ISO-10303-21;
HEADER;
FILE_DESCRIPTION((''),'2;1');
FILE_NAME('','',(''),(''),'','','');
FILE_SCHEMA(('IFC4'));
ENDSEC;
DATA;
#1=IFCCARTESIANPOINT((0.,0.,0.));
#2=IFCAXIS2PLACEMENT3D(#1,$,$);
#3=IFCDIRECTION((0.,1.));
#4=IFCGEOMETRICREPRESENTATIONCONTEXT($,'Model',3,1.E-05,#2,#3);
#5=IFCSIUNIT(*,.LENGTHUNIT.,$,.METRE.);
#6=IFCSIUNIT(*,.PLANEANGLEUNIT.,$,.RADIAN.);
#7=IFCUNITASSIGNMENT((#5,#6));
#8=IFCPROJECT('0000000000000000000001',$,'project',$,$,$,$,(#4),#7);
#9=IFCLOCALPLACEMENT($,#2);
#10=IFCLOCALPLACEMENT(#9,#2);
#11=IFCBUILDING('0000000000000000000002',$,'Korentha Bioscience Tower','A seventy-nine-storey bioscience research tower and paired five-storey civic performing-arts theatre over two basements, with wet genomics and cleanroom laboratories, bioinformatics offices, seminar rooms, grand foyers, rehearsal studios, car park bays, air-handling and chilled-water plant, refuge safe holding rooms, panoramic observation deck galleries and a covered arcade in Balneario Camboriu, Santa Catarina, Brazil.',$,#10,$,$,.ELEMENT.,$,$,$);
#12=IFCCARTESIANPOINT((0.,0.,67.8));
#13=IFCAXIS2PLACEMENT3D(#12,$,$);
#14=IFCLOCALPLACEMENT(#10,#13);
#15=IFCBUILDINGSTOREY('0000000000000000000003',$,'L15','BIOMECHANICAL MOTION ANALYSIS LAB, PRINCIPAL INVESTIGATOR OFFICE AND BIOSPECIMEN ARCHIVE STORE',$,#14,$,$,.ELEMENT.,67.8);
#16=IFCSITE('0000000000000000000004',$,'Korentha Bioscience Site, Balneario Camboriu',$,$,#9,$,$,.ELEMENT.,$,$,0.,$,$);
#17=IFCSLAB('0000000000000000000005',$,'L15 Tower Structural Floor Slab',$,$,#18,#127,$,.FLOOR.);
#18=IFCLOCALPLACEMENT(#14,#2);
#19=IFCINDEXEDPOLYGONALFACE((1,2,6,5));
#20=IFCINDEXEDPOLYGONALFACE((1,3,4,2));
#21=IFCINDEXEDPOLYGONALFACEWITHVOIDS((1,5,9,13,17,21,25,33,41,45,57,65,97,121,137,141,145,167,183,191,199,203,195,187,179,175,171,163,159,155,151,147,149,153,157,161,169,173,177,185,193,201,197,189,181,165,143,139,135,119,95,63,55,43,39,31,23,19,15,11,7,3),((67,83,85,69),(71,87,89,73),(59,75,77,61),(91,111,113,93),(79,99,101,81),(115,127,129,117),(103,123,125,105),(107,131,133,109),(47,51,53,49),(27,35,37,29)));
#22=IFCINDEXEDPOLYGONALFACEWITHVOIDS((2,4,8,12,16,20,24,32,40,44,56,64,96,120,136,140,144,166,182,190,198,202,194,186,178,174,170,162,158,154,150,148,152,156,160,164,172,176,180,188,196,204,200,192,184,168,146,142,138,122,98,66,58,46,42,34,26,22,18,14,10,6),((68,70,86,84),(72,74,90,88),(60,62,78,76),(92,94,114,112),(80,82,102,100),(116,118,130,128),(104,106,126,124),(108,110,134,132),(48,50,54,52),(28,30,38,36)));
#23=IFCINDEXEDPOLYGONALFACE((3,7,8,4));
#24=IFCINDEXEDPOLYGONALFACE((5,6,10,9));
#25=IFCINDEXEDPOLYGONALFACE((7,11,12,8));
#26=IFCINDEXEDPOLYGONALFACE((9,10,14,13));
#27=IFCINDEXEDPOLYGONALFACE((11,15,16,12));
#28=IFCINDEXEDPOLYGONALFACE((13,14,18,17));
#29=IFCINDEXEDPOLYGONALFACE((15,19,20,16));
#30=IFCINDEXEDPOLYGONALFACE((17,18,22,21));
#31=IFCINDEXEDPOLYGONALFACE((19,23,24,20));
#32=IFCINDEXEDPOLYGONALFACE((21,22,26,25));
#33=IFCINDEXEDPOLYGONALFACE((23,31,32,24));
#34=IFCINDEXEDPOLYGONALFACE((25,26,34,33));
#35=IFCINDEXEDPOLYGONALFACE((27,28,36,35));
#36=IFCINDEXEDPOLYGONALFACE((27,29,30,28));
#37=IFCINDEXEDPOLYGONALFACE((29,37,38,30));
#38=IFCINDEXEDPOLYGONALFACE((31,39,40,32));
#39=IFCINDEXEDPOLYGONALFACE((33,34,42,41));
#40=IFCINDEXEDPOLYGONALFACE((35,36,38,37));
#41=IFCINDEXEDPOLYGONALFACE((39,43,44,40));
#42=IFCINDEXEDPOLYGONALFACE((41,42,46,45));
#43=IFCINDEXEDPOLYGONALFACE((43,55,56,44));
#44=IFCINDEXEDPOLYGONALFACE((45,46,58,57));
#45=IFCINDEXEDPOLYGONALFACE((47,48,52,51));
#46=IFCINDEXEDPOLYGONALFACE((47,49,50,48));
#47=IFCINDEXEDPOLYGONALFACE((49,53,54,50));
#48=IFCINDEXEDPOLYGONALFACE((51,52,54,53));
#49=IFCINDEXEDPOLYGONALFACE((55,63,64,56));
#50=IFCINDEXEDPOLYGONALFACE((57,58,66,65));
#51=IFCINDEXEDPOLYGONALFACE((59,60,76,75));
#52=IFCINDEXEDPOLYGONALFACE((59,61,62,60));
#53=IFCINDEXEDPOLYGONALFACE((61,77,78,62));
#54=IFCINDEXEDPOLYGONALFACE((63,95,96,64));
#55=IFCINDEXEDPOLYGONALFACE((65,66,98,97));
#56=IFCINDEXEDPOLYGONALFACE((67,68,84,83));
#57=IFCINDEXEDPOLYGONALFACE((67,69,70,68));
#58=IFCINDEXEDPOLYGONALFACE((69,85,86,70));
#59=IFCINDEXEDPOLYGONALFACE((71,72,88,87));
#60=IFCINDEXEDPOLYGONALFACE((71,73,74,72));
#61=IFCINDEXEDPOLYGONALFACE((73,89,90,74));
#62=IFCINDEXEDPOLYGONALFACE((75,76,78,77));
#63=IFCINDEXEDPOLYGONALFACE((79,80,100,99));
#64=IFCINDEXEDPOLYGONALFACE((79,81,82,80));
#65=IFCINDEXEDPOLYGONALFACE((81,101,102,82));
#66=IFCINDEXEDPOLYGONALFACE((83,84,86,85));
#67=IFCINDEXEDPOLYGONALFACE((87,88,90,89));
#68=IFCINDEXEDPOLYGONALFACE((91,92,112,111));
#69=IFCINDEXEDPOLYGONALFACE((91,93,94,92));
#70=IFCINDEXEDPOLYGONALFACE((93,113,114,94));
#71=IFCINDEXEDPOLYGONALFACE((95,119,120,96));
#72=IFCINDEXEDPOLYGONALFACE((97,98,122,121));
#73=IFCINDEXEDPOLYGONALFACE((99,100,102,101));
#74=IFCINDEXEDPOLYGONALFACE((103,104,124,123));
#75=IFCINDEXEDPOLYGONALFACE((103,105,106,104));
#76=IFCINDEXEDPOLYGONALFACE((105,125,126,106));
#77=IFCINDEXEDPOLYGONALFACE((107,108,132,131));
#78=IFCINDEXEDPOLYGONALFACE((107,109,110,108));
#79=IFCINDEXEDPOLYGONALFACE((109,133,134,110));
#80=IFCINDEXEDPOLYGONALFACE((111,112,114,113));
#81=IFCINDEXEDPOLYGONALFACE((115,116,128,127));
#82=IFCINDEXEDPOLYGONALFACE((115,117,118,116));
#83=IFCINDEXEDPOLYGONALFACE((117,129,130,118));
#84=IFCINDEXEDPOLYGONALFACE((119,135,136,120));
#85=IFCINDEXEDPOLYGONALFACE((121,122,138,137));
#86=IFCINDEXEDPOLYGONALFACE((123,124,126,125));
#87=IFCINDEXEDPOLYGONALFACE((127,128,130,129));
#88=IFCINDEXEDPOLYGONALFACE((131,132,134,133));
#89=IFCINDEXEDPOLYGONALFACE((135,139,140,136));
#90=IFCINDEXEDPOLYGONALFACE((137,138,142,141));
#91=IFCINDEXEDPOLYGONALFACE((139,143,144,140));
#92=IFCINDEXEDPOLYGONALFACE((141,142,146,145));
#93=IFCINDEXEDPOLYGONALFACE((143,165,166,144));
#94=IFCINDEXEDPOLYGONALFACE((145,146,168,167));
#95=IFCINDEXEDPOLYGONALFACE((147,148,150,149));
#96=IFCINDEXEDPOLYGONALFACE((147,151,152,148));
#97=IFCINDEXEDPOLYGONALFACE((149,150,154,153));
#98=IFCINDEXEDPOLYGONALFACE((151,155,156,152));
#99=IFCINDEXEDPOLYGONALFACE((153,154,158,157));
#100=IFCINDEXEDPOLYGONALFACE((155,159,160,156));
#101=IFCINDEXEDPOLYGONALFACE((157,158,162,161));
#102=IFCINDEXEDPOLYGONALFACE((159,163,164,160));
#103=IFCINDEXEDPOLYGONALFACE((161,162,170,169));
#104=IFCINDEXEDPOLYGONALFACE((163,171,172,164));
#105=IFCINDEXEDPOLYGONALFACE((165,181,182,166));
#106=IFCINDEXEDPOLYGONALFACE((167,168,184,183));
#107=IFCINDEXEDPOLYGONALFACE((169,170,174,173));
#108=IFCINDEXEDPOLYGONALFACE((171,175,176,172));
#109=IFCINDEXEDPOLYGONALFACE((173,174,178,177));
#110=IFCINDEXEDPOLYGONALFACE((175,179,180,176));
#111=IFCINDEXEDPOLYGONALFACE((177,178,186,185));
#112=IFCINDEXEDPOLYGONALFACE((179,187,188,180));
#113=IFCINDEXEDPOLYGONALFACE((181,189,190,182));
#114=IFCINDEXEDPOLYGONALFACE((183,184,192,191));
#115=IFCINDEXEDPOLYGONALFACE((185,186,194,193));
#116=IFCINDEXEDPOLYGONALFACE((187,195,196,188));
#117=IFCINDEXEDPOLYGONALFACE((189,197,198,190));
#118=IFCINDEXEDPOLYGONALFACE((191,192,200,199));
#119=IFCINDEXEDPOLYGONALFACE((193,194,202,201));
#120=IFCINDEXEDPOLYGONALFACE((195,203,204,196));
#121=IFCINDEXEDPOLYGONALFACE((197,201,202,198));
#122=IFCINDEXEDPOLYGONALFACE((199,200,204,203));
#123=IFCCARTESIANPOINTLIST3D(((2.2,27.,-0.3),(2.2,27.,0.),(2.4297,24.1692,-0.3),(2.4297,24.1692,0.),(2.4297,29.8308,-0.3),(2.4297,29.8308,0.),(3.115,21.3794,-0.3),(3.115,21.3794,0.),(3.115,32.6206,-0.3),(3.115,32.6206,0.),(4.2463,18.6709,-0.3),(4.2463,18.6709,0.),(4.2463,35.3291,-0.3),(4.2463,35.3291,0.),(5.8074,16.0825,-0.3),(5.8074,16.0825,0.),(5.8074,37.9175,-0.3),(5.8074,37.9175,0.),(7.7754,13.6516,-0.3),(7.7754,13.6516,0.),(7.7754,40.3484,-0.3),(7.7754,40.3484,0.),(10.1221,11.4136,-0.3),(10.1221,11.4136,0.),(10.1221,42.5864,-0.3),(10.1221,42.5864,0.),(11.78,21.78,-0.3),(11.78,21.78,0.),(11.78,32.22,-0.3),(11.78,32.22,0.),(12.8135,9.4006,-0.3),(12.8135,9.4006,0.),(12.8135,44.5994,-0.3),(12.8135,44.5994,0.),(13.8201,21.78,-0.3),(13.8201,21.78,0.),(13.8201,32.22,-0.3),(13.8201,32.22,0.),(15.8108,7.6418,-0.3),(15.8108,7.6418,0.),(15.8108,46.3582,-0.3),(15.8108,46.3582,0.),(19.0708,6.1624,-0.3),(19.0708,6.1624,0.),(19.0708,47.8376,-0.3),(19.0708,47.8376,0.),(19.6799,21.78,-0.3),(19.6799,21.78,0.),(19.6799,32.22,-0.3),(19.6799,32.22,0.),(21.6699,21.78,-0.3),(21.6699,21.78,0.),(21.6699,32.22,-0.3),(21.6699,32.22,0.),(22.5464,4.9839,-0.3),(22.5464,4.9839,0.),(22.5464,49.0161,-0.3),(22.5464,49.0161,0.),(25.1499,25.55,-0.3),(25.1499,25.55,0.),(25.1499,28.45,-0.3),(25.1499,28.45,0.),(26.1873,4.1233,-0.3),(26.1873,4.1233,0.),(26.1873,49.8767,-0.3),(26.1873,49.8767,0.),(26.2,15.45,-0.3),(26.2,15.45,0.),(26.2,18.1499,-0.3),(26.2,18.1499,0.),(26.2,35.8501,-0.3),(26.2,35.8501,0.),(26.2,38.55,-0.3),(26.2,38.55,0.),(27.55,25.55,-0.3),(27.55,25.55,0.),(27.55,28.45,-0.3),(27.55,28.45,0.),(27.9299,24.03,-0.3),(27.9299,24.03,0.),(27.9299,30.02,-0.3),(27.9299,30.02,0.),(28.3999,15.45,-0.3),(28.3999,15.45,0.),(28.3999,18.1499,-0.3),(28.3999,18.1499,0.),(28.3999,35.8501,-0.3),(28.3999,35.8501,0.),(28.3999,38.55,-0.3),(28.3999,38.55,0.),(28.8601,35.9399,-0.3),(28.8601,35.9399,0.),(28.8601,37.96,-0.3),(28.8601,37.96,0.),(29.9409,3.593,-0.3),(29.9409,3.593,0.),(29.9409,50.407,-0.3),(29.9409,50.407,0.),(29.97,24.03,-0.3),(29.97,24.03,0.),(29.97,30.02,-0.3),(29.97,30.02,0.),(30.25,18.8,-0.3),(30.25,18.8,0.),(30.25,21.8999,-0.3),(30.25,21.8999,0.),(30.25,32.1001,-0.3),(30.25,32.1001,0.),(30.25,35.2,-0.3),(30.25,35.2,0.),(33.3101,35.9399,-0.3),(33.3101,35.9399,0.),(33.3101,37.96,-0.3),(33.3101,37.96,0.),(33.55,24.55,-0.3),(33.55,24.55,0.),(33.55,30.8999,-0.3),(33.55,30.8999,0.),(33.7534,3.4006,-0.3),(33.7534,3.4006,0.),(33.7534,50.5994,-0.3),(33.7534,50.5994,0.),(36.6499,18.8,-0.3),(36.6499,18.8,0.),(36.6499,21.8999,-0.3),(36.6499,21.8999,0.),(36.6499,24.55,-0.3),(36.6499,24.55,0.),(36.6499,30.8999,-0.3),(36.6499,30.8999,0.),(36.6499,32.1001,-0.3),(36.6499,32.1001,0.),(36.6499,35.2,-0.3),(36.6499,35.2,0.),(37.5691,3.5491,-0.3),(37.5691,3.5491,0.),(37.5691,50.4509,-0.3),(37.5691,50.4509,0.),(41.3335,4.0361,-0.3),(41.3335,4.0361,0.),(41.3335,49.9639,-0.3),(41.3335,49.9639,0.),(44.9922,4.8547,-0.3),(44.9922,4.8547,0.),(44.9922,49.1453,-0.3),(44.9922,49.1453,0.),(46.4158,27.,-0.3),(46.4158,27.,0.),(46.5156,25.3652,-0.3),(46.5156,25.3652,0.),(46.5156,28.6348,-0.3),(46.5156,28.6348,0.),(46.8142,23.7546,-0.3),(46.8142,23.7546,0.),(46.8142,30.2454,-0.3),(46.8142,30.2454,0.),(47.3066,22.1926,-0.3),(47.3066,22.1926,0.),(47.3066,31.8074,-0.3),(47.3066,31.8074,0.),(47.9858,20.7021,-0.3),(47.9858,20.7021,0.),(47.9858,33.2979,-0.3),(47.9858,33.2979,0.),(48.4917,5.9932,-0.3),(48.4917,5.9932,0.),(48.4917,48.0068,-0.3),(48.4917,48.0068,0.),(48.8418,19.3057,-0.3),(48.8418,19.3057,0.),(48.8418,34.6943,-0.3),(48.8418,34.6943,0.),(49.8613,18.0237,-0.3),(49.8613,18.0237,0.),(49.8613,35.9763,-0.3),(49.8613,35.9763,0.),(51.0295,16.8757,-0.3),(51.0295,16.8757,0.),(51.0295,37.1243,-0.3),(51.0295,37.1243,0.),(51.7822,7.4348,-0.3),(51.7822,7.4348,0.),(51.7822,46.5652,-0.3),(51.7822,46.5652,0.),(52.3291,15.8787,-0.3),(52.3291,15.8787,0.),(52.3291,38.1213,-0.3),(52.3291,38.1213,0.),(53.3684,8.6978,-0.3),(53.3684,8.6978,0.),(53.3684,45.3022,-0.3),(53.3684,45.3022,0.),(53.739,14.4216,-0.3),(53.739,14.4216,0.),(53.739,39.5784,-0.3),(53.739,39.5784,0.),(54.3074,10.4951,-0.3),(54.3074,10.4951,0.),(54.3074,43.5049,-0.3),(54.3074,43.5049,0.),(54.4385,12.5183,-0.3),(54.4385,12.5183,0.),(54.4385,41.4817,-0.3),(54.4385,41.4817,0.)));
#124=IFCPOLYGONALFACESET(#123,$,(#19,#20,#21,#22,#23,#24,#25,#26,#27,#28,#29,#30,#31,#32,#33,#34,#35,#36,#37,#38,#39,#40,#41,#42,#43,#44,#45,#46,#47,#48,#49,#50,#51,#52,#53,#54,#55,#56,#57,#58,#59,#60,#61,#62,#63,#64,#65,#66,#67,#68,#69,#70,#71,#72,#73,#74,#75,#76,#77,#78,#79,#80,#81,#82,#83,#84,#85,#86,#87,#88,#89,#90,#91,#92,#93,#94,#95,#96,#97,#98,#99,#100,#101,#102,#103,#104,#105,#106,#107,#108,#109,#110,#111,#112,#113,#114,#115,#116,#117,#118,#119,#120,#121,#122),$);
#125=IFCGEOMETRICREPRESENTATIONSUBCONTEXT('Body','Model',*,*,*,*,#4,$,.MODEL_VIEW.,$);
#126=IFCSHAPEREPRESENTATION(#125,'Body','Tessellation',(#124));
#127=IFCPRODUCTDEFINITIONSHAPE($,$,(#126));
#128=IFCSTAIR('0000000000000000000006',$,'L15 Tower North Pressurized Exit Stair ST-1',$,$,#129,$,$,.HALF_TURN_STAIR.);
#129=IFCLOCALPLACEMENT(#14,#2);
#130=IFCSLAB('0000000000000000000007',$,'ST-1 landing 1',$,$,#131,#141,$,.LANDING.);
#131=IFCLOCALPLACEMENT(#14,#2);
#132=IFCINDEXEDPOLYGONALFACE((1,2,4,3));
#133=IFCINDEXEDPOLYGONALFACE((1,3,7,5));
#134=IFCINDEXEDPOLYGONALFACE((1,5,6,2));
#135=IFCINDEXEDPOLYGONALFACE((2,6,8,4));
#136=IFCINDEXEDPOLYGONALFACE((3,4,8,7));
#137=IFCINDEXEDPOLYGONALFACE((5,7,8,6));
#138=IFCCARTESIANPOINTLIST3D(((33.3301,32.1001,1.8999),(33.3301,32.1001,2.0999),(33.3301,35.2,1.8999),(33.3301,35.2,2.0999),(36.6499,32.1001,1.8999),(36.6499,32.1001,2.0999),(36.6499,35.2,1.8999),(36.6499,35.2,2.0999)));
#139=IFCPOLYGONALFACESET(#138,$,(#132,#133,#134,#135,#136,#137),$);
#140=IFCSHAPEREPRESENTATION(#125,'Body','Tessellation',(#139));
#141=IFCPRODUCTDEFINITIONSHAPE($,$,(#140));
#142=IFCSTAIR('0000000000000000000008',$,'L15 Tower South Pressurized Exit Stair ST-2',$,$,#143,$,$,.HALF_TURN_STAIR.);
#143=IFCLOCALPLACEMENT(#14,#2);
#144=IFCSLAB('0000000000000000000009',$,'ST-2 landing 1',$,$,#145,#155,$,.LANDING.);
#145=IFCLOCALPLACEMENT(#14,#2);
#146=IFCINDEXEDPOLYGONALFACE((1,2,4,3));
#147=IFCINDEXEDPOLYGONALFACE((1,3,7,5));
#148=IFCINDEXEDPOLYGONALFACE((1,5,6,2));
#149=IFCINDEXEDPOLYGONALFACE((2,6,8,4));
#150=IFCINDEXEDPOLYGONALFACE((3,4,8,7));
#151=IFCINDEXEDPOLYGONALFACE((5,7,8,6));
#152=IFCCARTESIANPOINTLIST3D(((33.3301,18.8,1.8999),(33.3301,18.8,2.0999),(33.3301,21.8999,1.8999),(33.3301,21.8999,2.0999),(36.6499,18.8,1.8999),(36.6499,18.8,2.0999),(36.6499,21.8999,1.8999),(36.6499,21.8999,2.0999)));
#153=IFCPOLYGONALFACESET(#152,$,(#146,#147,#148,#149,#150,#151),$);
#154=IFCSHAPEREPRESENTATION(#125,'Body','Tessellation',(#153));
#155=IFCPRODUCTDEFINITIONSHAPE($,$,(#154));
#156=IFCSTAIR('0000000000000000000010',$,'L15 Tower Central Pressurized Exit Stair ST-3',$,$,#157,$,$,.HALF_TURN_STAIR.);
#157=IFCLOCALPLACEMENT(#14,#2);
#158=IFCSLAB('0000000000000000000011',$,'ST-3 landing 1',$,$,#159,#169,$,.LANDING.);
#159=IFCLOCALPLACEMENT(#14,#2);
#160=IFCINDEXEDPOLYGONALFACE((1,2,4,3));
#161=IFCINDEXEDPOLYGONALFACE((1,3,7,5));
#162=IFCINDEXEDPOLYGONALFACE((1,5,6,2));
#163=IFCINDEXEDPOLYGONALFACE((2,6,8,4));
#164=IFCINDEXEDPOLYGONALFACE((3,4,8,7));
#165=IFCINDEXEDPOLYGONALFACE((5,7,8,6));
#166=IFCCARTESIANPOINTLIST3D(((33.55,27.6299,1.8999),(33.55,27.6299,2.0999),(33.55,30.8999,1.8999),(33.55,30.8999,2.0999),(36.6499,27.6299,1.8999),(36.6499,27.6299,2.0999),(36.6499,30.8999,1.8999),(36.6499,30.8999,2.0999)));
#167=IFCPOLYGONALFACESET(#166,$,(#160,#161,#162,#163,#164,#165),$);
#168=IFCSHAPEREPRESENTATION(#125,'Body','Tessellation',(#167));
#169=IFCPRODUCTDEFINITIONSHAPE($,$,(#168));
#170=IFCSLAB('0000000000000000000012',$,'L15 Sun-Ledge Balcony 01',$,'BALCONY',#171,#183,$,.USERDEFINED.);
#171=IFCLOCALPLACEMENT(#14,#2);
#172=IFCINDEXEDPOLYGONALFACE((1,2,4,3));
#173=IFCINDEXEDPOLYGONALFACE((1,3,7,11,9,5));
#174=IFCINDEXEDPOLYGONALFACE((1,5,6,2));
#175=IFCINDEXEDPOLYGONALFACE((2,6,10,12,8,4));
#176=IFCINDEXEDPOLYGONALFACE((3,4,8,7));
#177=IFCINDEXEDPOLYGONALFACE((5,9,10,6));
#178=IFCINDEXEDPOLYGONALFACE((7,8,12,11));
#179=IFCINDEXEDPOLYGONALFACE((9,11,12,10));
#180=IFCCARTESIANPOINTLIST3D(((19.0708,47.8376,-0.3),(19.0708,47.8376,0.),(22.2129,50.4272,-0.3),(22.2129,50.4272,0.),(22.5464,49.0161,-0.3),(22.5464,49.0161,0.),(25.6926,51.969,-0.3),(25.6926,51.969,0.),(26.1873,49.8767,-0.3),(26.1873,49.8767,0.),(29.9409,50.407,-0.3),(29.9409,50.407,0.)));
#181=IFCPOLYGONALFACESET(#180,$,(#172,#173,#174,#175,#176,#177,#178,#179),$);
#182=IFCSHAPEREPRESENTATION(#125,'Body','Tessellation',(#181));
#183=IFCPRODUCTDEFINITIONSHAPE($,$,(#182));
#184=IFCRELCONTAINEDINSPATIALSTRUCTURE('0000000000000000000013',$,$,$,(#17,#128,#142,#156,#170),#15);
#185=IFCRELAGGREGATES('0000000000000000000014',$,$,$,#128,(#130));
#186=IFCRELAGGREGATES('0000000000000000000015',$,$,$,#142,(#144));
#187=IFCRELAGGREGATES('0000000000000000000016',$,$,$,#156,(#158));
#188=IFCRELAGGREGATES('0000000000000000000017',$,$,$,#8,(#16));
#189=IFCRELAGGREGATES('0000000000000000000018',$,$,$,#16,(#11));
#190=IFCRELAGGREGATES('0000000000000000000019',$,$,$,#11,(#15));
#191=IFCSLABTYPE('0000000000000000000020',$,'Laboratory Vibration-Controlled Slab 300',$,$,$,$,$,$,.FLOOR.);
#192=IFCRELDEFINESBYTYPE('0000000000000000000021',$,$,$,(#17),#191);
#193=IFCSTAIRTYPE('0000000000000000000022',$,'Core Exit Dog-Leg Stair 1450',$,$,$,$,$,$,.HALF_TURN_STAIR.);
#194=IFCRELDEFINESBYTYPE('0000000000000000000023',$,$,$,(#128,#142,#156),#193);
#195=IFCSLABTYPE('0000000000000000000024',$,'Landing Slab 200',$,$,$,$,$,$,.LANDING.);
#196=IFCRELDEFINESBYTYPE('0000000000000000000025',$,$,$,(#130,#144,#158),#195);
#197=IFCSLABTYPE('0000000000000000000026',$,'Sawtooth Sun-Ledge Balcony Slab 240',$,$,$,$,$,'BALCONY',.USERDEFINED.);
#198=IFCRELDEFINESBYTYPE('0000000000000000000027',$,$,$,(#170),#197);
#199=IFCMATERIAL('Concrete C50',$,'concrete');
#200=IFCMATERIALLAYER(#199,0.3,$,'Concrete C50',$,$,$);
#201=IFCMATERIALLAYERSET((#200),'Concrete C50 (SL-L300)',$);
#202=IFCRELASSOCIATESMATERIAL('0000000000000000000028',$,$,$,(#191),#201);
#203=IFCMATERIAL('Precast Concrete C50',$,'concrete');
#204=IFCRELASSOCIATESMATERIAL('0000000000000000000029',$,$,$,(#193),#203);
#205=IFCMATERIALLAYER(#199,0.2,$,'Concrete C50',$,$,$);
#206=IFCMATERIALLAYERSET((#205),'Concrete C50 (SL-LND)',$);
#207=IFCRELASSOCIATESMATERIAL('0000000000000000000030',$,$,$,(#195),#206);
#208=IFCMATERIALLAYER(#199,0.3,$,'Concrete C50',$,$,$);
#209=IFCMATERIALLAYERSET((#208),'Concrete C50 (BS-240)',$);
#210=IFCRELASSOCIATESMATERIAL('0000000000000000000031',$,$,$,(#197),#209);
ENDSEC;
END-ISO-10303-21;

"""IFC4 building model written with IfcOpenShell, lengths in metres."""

from ifc_helpers import new_model, si_unit, direction, frame, origin, place, context, subcontext, project, spatial, polyline, outline, extrude, material, layer, layer_set, type_object, element, aggregate, save


model = new_model("IFC4")

# Units and contexts
model_context = context("Model", 3, precision=1e-05, world=origin(), true_north=direction((0.0, 1.0)))
body_context = subcontext(model_context, "Body", "Model", "MODEL_VIEW")
ifc_project = project(units=[si_unit("LENGTHUNIT", "METRE"), si_unit("PLANEANGLEUNIT", "RADIAN")], contexts=[model_context])

# Site, building, storey
site_placement = place(None, origin())
site = spatial("IfcSite", under=ifc_project, at=site_placement, Name="Korentha Bioscience Site, Balneario Camboriu", CompositionType="ELEMENT", RefElevation=0.0)
building_placement = place(site_placement, origin())
building = spatial("IfcBuilding", under=site, at=building_placement, Name="Korentha Bioscience Tower", Description="A seventy-nine-storey bioscience research tower and paired five-storey civic performing-arts theatre over two basements, with wet genomics and cleanroom laboratories, bioinformatics offices, seminar rooms, grand foyers, rehearsal studios, car park bays, air-handling and chilled-water plant, refuge safe holding rooms, panoramic observation deck galleries and a covered arcade in Balneario Camboriu, Santa Catarina, Brazil.", CompositionType="ELEMENT")
storey_placement = place(building_placement, frame((0.0, 0.0, 67.8)))
storey = spatial("IfcBuildingStorey", under=building, at=storey_placement, Name="L15", Description="BIOMECHANICAL MOTION ANALYSIS LAB, PRINCIPAL INVESTIGATOR OFFICE AND BIOSPECIMEN ARCHIVE STORE", CompositionType="ELEMENT", Elevation=67.8)

# Slab
ifc_material_1 = material(Name="Concrete C50", Category="concrete")
ifc_layer_1 = layer(ifc_material_1, 0.3, Name="Concrete C50")
ifc_layer_set_1 = layer_set([ifc_layer_1], Name="Concrete C50 (SL-L300)")
slab_type_1 = type_object("IfcSlabType", Name="Laboratory Vibration-Controlled Slab 300", PredefinedType="FLOOR", material=ifc_layer_set_1)
slab_1_placement = place(storey_placement, frame((0.0, 0.0, -0.3)))
element("IfcSlab", 1, at=slab_1_placement, inside=storey, type_object=slab_type_1, Name="L15 Tower Structural Floor Slab", PredefinedType="FLOOR", context=body_context, shape_type="SweptSolid", body=[
    extrude(outline(polyline([(51.7822, 46.5652), (48.4917, 48.0068), (44.9922, 49.1453), (41.3335, 49.9639), (37.5691, 50.4509), (33.7534, 50.5994), (29.9409, 50.407), (26.1873, 49.8767), (22.5464, 49.0161), (19.0708, 47.8376), (15.8108, 46.3582), (12.8135, 44.5994), (10.1221, 42.5864), (7.7754, 40.3484), (5.8074, 37.9175), (4.2463, 35.3291), (3.115, 32.6206), (2.4297, 29.8308), (2.2, 27.0), (2.4297, 24.1692), (3.115, 21.3794), (4.2463, 18.6709), (5.8074, 16.0825), (7.7754, 13.6516), (10.1221, 11.4136), (12.8135, 9.4006), (15.8108, 7.6418), (19.0708, 6.1624), (22.5464, 4.9839), (26.1873, 4.1233), (29.9409, 3.593), (33.7534, 3.4006), (37.5691, 3.5491), (41.3335, 4.0361), (44.9922, 4.8547), (48.4917, 5.9932), (51.7822, 7.4348), (53.3684, 8.6978), (54.3074, 10.4951), (54.4385, 12.5183), (53.739, 14.4216), (52.3291, 15.8787), (51.0295, 16.8757), (49.8613, 18.0237), (48.8418, 19.3057), (47.9858, 20.7021), (47.3066, 22.1926), (46.8142, 23.7546), (46.5156, 25.3652), (46.4158, 27.0), (46.5156, 28.6348), (46.8142, 30.2454), (47.3066, 31.8074), (47.9858, 33.2979), (48.8418, 34.6943), (49.8613, 35.9763), (51.0295, 37.1243), (52.3291, 38.1213), (53.739, 39.5784), (54.4385, 41.4817), (54.3074, 43.5049), (53.3684, 45.3022), (51.7822, 46.5652)]), holes=[polyline([(30.25, 32.1001), (36.6499, 32.1001), (36.6499, 35.2), (30.25, 35.2), (30.25, 32.1001)]), polyline([(30.25, 18.8), (36.6499, 18.8), (36.6499, 21.8999), (30.25, 21.8999), (30.25, 18.8)]), polyline([(36.6499, 24.55), (36.6499, 30.8999), (33.55, 30.8999), (33.55, 24.55), (36.6499, 24.55)]), polyline([(11.78, 21.78), (13.8201, 21.78), (13.8201, 32.22), (11.78, 32.22), (11.78, 21.78)]), polyline([(19.6799, 21.78), (21.6699, 21.78), (21.6699, 32.22), (19.6799, 32.22), (19.6799, 21.78)]), polyline([(27.9299, 24.03), (29.97, 24.03), (29.97, 30.02), (27.9299, 30.02), (27.9299, 24.03)]), polyline([(28.8601, 35.9399), (33.3101, 35.9399), (33.3101, 37.96), (28.8601, 37.96), (28.8601, 35.9399)]), polyline([(26.2, 15.45), (28.3999, 15.45), (28.3999, 18.1499), (26.2, 18.1499), (26.2, 15.45)]), polyline([(26.2, 35.8501), (28.3999, 35.8501), (28.3999, 38.55), (26.2, 38.55), (26.2, 35.8501)]), polyline([(25.1499, 25.55), (27.55, 25.55), (27.55, 28.45), (25.1499, 28.45), (25.1499, 25.55)])]), origin(), (0.0, 0.0, 1.0), 0.3),
])

# Stairs, slabs
ifc_material_2 = material(Name="Precast Concrete C50", Category="concrete")
stair_type = type_object("IfcStairType", Name="Core Exit Dog-Leg Stair 1450", PredefinedType="HALF_TURN_STAIR", material=ifc_material_2)
stair_1_placement = place(storey_placement, origin())
stair_1 = element("IfcStair", 2, at=stair_1_placement, inside=storey, type_object=stair_type, Name="L15 Tower North Pressurized Exit Stair ST-1", PredefinedType="HALF_TURN_STAIR")
ifc_layer_2 = layer(ifc_material_1, 0.2, Name="Concrete C50")
ifc_layer_set_2 = layer_set([ifc_layer_2], Name="Concrete C50 (SL-LND)")
slab_type_2 = type_object("IfcSlabType", Name="Landing Slab 200", PredefinedType="LANDING", material=ifc_layer_set_2)
slab_2_placement = place(storey_placement, frame((0.0, 0.0, 1.8999)))
slab_2 = element("IfcSlab", 3, at=slab_2_placement, type_object=slab_type_2, Name="ST-1 landing 1", PredefinedType="LANDING", context=body_context, shape_type="SweptSolid", body=[
    extrude(outline(polyline([(33.3301, 32.1001), (36.6499, 32.1001), (36.6499, 35.2), (33.3301, 35.2), (33.3301, 32.1001)])), origin(), (0.0, 0.0, 1.0), 0.2),
])
aggregate(stair_1, [slab_2])
stair_2_placement = place(storey_placement, origin())
stair_2 = element("IfcStair", 4, at=stair_2_placement, inside=storey, type_object=stair_type, Name="L15 Tower South Pressurized Exit Stair ST-2", PredefinedType="HALF_TURN_STAIR")
slab_3_placement = place(storey_placement, frame((0.0, 0.0, 1.8999)))
slab_3 = element("IfcSlab", 5, at=slab_3_placement, type_object=slab_type_2, Name="ST-2 landing 1", PredefinedType="LANDING", context=body_context, shape_type="SweptSolid", body=[
    extrude(outline(polyline([(33.3301, 18.8), (36.6499, 18.8), (36.6499, 21.8999), (33.3301, 21.8999), (33.3301, 18.8)])), origin(), (0.0, 0.0, 1.0), 0.2),
])
aggregate(stair_2, [slab_3])
stair_3_placement = place(storey_placement, origin())
stair_3 = element("IfcStair", 6, at=stair_3_placement, inside=storey, type_object=stair_type, Name="L15 Tower Central Pressurized Exit Stair ST-3", PredefinedType="HALF_TURN_STAIR")
slab_4_placement = place(storey_placement, frame((0.0, 0.0, 1.8999)))
slab_4 = element("IfcSlab", 7, at=slab_4_placement, type_object=slab_type_2, Name="ST-3 landing 1", PredefinedType="LANDING", context=body_context, shape_type="SweptSolid", body=[
    extrude(outline(polyline([(36.6499, 27.6299), (36.6499, 30.8999), (33.55, 30.8999), (33.55, 27.6299), (36.6499, 27.6299)])), origin(), (0.0, 0.0, 1.0), 0.2),
])
aggregate(stair_3, [slab_4])

# Slab
ifc_layer_3 = layer(ifc_material_1, 0.3, Name="Concrete C50")
ifc_layer_set_3 = layer_set([ifc_layer_3], Name="Concrete C50 (BS-240)")
slab_type_3 = type_object("IfcSlabType", Name="Sawtooth Sun-Ledge Balcony Slab 240", ElementType="BALCONY", PredefinedType="USERDEFINED", material=ifc_layer_set_3)
slab_5_placement = place(storey_placement, frame((0.0, 0.0, -0.3)))
element("IfcSlab", 8, at=slab_5_placement, inside=storey, type_object=slab_type_3, Name="L15 Sun-Ledge Balcony 01", ObjectType="BALCONY", PredefinedType="USERDEFINED", context=body_context, shape_type="SweptSolid", body=[
    extrude(outline(polyline([(19.0708, 47.8376), (22.5464, 49.0161), (26.1873, 49.8767), (29.9409, 50.407), (25.6926, 51.969), (22.2129, 50.4272), (19.0708, 47.8376)])), origin(), (0.0, 0.0, 1.0), 0.3),
])

save(model, "model.ifc")
